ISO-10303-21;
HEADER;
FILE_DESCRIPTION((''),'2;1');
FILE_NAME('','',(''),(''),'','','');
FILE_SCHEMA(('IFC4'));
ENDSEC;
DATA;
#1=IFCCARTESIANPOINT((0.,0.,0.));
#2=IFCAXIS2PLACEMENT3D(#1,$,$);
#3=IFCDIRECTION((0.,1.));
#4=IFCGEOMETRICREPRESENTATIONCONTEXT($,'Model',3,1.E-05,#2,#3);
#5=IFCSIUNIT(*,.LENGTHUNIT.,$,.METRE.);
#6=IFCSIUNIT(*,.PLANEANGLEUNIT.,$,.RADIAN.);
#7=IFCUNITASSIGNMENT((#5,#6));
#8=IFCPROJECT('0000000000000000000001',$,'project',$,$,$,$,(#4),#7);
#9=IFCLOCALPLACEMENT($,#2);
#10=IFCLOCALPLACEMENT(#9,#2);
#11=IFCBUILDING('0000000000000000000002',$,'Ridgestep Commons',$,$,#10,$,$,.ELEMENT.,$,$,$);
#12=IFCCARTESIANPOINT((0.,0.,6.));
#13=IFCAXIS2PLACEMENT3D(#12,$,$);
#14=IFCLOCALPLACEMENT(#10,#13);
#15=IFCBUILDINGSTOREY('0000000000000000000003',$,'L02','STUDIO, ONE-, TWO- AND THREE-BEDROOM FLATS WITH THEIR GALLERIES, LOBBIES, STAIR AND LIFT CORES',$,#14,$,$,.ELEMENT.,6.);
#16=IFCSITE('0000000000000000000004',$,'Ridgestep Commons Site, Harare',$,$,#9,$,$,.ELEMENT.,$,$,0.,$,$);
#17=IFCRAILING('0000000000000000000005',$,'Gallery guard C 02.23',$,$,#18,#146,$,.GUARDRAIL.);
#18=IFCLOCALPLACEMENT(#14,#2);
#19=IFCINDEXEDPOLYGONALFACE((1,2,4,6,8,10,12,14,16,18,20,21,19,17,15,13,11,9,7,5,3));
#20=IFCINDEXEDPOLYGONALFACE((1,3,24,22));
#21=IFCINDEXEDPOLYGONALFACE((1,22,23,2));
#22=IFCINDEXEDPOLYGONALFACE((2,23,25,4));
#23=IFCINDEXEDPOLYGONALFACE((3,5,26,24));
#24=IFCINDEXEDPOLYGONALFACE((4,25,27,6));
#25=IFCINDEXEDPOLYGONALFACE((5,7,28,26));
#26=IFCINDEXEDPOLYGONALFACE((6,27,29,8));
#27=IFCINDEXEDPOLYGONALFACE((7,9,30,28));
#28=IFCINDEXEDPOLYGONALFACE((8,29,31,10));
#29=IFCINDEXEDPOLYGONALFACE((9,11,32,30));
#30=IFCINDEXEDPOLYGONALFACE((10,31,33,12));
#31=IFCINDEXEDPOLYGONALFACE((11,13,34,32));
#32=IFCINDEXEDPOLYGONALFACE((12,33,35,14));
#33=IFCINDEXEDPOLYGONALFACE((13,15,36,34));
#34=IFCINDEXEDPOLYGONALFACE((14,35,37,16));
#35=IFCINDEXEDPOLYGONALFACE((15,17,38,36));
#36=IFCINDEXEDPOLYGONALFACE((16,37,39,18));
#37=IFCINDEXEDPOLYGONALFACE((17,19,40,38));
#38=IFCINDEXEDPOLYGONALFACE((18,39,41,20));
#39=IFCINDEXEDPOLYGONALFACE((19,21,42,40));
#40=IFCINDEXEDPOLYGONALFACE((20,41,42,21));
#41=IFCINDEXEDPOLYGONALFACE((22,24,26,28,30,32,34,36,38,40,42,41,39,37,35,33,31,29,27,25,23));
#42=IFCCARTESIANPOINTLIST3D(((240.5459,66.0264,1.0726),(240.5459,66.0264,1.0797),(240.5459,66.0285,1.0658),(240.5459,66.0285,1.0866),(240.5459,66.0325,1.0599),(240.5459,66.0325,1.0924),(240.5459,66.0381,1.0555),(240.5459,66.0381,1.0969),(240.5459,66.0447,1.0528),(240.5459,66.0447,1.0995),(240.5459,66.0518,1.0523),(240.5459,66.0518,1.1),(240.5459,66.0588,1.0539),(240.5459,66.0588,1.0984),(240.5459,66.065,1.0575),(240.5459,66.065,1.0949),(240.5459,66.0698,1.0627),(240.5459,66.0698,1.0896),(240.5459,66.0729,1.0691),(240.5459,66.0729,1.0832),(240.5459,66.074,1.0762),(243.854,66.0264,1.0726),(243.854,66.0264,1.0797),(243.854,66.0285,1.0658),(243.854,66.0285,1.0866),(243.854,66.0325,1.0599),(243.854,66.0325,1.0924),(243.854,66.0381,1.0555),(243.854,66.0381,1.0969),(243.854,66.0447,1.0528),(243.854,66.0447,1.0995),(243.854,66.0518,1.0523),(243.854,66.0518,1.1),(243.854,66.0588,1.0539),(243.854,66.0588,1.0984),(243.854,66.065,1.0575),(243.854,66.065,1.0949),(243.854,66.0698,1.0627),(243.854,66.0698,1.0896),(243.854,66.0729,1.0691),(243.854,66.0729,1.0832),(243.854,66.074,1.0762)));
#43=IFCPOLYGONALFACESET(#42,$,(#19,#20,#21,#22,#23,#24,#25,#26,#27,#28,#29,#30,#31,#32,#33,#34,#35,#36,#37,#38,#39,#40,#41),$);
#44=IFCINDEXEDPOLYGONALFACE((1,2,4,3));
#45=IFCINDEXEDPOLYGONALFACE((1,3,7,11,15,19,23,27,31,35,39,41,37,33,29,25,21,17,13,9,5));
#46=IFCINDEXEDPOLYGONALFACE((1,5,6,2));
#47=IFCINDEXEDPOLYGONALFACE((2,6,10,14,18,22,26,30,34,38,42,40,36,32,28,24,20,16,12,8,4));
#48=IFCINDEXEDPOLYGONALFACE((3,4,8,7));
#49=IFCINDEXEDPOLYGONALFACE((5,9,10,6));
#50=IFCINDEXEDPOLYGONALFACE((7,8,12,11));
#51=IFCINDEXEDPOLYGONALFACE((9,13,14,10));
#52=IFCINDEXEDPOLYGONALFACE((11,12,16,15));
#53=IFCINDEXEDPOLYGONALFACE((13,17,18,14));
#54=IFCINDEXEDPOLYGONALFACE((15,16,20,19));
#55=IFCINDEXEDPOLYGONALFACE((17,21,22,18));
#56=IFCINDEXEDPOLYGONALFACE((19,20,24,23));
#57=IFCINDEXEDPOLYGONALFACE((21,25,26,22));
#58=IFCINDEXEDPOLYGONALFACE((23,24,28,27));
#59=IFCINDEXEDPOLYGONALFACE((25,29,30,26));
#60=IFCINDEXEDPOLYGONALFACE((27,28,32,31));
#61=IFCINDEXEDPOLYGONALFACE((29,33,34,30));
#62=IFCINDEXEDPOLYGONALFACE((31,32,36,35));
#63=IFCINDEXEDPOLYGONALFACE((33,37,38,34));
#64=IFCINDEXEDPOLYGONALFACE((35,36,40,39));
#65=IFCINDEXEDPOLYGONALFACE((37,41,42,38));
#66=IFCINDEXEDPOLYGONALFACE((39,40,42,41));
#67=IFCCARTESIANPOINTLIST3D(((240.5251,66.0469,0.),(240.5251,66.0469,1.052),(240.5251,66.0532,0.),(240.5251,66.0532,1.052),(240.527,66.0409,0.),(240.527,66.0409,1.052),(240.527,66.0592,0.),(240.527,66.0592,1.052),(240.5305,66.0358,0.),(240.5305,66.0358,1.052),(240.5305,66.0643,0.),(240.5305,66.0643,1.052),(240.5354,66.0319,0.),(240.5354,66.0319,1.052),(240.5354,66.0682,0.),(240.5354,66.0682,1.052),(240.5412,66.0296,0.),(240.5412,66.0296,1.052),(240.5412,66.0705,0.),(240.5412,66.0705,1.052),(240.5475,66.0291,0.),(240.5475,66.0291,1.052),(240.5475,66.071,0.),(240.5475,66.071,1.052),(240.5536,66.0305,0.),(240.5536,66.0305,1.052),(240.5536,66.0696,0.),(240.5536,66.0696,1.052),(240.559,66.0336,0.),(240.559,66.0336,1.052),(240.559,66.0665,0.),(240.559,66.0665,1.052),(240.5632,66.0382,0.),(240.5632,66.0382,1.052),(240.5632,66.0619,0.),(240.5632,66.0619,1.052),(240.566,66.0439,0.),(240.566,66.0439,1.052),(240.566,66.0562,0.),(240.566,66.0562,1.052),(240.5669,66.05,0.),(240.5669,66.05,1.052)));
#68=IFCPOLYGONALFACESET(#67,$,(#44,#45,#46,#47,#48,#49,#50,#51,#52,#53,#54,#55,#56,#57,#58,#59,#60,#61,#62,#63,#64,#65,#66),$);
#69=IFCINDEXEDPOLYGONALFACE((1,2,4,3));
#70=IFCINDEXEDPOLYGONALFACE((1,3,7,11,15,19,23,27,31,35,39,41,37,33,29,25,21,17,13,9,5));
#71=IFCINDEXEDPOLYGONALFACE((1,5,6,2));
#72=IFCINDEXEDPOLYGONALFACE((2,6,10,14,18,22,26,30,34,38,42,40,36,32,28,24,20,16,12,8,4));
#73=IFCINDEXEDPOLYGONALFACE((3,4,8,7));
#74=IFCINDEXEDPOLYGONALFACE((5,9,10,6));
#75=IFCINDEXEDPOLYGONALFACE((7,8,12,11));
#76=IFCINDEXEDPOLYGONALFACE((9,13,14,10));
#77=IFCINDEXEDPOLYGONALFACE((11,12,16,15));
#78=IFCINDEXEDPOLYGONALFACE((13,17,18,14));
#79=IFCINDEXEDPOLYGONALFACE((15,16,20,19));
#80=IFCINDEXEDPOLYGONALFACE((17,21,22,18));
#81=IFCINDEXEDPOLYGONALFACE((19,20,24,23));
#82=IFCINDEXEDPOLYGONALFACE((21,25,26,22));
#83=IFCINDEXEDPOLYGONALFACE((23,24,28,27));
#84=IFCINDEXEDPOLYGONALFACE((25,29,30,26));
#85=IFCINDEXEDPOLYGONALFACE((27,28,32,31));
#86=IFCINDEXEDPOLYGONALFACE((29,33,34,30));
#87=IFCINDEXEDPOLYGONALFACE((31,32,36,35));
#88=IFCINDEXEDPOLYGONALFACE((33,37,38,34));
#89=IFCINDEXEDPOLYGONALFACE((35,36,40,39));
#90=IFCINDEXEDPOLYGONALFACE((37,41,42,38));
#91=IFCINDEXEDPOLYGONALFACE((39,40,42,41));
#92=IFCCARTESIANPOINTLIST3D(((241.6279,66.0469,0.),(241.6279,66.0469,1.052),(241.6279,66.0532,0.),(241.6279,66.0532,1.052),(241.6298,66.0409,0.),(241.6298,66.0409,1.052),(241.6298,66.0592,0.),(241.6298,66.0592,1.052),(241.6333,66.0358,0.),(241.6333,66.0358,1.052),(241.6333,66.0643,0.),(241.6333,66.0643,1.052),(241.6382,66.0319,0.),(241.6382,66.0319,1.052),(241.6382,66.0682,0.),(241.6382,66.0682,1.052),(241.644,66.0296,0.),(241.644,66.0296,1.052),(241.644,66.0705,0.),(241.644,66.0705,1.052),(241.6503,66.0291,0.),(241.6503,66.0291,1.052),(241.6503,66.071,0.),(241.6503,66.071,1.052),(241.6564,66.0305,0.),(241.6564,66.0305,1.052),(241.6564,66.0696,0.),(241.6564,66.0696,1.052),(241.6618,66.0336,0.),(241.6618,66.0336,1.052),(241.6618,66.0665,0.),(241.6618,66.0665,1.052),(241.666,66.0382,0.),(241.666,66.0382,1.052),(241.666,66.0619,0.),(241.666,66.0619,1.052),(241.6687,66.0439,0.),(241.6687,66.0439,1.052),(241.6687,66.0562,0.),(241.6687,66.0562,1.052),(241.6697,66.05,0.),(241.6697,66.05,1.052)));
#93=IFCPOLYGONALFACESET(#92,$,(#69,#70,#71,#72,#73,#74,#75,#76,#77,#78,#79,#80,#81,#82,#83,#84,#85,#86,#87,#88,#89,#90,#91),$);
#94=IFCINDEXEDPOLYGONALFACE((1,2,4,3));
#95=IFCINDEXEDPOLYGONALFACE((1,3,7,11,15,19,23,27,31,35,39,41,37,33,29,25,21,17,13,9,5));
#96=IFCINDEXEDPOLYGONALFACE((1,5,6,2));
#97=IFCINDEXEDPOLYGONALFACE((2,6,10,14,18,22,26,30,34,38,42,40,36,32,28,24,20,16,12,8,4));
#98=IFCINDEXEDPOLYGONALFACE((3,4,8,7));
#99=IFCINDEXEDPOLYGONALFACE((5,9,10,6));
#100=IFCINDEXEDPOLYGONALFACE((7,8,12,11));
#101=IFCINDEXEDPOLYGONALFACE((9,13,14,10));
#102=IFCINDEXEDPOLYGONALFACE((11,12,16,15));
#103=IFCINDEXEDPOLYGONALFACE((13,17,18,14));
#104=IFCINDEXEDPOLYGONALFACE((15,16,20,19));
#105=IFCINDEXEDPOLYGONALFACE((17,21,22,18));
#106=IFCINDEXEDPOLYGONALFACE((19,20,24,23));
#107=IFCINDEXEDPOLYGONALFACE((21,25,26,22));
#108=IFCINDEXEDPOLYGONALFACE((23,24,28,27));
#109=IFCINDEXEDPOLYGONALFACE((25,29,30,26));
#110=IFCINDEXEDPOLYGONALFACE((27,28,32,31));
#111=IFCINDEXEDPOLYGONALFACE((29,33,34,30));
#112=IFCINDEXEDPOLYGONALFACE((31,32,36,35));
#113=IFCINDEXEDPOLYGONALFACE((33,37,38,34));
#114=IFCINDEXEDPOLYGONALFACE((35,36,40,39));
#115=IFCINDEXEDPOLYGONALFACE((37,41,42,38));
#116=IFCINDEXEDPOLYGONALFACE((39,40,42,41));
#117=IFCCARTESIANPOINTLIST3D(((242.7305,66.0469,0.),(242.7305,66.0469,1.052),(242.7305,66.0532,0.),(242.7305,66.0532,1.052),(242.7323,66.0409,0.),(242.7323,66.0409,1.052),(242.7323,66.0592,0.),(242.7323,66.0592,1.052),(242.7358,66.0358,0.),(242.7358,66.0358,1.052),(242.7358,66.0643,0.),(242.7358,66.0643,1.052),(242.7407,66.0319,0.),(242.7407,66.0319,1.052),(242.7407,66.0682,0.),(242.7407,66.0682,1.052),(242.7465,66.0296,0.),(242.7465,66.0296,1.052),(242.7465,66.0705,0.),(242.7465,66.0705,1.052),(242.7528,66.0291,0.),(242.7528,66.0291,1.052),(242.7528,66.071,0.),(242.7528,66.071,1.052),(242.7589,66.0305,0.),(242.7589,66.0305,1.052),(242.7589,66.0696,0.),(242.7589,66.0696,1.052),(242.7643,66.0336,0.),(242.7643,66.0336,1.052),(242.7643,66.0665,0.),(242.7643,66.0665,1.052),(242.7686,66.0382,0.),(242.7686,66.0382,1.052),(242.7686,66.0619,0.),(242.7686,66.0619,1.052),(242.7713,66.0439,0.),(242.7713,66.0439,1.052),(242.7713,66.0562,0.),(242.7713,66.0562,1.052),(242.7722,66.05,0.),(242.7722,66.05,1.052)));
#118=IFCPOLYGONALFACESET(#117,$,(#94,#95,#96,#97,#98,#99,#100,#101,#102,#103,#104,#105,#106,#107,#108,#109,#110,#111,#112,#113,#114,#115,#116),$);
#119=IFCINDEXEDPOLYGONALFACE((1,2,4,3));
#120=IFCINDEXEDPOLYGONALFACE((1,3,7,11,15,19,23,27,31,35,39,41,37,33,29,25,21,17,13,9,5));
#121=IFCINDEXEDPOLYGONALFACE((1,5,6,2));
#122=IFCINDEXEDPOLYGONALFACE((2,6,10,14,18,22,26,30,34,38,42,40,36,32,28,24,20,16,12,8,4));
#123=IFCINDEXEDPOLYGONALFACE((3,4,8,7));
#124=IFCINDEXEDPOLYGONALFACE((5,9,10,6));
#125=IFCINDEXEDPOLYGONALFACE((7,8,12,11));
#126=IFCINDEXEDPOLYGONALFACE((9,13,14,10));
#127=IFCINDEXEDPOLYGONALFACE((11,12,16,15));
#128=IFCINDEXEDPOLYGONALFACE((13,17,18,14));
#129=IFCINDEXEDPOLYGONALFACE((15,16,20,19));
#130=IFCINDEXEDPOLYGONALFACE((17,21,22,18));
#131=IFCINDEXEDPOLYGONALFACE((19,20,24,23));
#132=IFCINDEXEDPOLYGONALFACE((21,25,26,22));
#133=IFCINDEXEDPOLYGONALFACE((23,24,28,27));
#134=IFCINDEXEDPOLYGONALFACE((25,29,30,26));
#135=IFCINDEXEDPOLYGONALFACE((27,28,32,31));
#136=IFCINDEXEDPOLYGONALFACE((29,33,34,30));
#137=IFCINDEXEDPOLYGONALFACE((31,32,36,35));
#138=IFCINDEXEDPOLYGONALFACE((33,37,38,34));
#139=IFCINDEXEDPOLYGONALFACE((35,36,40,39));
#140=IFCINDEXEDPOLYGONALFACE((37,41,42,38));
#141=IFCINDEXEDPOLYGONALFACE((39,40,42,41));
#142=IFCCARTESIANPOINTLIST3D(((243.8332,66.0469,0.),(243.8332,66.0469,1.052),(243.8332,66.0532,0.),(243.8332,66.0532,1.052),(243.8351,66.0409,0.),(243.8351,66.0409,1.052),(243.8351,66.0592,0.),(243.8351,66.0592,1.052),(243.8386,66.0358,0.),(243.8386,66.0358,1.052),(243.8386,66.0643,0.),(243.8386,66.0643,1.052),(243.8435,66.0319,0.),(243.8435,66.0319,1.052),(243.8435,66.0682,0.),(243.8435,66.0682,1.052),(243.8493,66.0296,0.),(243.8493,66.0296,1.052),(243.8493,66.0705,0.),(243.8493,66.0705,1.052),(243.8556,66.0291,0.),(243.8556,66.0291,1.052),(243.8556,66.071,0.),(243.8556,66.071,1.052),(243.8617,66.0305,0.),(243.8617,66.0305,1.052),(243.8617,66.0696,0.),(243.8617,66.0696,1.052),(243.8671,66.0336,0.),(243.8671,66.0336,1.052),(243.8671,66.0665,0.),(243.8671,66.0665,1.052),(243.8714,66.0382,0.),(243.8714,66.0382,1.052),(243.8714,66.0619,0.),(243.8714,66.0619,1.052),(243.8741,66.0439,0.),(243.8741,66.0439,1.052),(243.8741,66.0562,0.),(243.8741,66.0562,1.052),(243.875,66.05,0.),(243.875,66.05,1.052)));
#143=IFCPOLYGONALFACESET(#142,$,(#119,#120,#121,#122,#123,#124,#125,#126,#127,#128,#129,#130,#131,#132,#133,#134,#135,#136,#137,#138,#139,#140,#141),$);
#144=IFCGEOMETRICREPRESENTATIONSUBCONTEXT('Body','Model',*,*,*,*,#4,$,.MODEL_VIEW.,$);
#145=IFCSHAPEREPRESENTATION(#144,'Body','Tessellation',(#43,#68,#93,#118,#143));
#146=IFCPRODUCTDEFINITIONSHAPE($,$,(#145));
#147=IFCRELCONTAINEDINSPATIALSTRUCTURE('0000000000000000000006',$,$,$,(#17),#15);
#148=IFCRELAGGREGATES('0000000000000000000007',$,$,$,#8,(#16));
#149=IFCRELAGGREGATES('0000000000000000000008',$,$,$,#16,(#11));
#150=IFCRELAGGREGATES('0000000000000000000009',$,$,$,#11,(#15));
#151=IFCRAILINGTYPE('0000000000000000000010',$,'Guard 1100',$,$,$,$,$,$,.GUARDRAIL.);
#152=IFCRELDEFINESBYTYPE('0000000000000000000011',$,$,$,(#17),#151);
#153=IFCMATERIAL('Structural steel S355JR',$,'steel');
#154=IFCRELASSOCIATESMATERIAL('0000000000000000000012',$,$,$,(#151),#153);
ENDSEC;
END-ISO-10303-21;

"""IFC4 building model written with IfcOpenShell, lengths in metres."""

from ifc_helpers import new_model, si_unit, direction, frame, origin, origin_2d, place, context, subcontext, project, spatial, circle, extrude, material, type_object, element, save


model = new_model("IFC4")

# Units and contexts
model_context = context("Model", 3, precision=1e-05, world=origin(), true_north=direction((0.0, 1.0)))
body_context = subcontext(model_context, "Body", "Model", "MODEL_VIEW")
ifc_project = project(units=[si_unit("LENGTHUNIT", "METRE"), si_unit("PLANEANGLEUNIT", "RADIAN")], contexts=[model_context])

# Site, building, storey
site_placement = place(None, origin())
site = spatial("IfcSite", under=ifc_project, at=site_placement, Name="Ridgestep Commons Site, Harare", CompositionType="ELEMENT", RefElevation=0.0)
building_placement = place(site_placement, origin())
building = spatial("IfcBuilding", under=site, at=building_placement, Name="Ridgestep Commons", CompositionType="ELEMENT")
storey_placement = place(building_placement, frame((0.0, 0.0, 6.0)))
storey = spatial("IfcBuildingStorey", under=building, at=storey_placement, Name="L02", Description="STUDIO, ONE-, TWO- AND THREE-BEDROOM FLATS WITH THEIR GALLERIES, LOBBIES, STAIR AND LIFT CORES", CompositionType="ELEMENT", Elevation=6.0)

# Railing
ifc_material_1 = material(Name="Structural steel S355JR", Category="steel")
railing_type = type_object("IfcRailingType", Name="Guard 1100", PredefinedType="GUARDRAIL", material=ifc_material_1)
railing_1_placement = place(storey_placement, frame((240.5459, 66.05, 0.0)))
element("IfcRailing", 1, at=railing_1_placement, inside=storey, type_object=railing_type, Name="Gallery guard C 02.23", PredefinedType="GUARDRAIL", context=body_context, shape_type="SweptSolid", body=[
    extrude(circle(Radius=0.0239, at=origin_2d()), frame((0.0, 0.0, 1.0762), z_axis=(1.0, 0.0, 0.0), x_axis=(0.0, 1.0, 0.0)), (0.0, 0.0, 1.0), 3.3081),
    extrude(circle(Radius=0.021, at=origin_2d()), origin(), (0.0, 0.0, 1.0), 1.052),
    extrude(circle(Radius=0.021, at=origin_2d()), frame((1.1028, 0.0, 0.0)), (0.0, 0.0, 1.0), 1.052),
    extrude(circle(Radius=0.021, at=origin_2d()), frame((2.2053, 0.0, 0.0)), (0.0, 0.0, 1.0), 1.052),
    extrude(circle(Radius=0.021, at=origin_2d()), frame((3.3081, 0.0, 0.0)), (0.0, 0.0, 1.0), 1.052),
])

save(model, "model.ifc")
